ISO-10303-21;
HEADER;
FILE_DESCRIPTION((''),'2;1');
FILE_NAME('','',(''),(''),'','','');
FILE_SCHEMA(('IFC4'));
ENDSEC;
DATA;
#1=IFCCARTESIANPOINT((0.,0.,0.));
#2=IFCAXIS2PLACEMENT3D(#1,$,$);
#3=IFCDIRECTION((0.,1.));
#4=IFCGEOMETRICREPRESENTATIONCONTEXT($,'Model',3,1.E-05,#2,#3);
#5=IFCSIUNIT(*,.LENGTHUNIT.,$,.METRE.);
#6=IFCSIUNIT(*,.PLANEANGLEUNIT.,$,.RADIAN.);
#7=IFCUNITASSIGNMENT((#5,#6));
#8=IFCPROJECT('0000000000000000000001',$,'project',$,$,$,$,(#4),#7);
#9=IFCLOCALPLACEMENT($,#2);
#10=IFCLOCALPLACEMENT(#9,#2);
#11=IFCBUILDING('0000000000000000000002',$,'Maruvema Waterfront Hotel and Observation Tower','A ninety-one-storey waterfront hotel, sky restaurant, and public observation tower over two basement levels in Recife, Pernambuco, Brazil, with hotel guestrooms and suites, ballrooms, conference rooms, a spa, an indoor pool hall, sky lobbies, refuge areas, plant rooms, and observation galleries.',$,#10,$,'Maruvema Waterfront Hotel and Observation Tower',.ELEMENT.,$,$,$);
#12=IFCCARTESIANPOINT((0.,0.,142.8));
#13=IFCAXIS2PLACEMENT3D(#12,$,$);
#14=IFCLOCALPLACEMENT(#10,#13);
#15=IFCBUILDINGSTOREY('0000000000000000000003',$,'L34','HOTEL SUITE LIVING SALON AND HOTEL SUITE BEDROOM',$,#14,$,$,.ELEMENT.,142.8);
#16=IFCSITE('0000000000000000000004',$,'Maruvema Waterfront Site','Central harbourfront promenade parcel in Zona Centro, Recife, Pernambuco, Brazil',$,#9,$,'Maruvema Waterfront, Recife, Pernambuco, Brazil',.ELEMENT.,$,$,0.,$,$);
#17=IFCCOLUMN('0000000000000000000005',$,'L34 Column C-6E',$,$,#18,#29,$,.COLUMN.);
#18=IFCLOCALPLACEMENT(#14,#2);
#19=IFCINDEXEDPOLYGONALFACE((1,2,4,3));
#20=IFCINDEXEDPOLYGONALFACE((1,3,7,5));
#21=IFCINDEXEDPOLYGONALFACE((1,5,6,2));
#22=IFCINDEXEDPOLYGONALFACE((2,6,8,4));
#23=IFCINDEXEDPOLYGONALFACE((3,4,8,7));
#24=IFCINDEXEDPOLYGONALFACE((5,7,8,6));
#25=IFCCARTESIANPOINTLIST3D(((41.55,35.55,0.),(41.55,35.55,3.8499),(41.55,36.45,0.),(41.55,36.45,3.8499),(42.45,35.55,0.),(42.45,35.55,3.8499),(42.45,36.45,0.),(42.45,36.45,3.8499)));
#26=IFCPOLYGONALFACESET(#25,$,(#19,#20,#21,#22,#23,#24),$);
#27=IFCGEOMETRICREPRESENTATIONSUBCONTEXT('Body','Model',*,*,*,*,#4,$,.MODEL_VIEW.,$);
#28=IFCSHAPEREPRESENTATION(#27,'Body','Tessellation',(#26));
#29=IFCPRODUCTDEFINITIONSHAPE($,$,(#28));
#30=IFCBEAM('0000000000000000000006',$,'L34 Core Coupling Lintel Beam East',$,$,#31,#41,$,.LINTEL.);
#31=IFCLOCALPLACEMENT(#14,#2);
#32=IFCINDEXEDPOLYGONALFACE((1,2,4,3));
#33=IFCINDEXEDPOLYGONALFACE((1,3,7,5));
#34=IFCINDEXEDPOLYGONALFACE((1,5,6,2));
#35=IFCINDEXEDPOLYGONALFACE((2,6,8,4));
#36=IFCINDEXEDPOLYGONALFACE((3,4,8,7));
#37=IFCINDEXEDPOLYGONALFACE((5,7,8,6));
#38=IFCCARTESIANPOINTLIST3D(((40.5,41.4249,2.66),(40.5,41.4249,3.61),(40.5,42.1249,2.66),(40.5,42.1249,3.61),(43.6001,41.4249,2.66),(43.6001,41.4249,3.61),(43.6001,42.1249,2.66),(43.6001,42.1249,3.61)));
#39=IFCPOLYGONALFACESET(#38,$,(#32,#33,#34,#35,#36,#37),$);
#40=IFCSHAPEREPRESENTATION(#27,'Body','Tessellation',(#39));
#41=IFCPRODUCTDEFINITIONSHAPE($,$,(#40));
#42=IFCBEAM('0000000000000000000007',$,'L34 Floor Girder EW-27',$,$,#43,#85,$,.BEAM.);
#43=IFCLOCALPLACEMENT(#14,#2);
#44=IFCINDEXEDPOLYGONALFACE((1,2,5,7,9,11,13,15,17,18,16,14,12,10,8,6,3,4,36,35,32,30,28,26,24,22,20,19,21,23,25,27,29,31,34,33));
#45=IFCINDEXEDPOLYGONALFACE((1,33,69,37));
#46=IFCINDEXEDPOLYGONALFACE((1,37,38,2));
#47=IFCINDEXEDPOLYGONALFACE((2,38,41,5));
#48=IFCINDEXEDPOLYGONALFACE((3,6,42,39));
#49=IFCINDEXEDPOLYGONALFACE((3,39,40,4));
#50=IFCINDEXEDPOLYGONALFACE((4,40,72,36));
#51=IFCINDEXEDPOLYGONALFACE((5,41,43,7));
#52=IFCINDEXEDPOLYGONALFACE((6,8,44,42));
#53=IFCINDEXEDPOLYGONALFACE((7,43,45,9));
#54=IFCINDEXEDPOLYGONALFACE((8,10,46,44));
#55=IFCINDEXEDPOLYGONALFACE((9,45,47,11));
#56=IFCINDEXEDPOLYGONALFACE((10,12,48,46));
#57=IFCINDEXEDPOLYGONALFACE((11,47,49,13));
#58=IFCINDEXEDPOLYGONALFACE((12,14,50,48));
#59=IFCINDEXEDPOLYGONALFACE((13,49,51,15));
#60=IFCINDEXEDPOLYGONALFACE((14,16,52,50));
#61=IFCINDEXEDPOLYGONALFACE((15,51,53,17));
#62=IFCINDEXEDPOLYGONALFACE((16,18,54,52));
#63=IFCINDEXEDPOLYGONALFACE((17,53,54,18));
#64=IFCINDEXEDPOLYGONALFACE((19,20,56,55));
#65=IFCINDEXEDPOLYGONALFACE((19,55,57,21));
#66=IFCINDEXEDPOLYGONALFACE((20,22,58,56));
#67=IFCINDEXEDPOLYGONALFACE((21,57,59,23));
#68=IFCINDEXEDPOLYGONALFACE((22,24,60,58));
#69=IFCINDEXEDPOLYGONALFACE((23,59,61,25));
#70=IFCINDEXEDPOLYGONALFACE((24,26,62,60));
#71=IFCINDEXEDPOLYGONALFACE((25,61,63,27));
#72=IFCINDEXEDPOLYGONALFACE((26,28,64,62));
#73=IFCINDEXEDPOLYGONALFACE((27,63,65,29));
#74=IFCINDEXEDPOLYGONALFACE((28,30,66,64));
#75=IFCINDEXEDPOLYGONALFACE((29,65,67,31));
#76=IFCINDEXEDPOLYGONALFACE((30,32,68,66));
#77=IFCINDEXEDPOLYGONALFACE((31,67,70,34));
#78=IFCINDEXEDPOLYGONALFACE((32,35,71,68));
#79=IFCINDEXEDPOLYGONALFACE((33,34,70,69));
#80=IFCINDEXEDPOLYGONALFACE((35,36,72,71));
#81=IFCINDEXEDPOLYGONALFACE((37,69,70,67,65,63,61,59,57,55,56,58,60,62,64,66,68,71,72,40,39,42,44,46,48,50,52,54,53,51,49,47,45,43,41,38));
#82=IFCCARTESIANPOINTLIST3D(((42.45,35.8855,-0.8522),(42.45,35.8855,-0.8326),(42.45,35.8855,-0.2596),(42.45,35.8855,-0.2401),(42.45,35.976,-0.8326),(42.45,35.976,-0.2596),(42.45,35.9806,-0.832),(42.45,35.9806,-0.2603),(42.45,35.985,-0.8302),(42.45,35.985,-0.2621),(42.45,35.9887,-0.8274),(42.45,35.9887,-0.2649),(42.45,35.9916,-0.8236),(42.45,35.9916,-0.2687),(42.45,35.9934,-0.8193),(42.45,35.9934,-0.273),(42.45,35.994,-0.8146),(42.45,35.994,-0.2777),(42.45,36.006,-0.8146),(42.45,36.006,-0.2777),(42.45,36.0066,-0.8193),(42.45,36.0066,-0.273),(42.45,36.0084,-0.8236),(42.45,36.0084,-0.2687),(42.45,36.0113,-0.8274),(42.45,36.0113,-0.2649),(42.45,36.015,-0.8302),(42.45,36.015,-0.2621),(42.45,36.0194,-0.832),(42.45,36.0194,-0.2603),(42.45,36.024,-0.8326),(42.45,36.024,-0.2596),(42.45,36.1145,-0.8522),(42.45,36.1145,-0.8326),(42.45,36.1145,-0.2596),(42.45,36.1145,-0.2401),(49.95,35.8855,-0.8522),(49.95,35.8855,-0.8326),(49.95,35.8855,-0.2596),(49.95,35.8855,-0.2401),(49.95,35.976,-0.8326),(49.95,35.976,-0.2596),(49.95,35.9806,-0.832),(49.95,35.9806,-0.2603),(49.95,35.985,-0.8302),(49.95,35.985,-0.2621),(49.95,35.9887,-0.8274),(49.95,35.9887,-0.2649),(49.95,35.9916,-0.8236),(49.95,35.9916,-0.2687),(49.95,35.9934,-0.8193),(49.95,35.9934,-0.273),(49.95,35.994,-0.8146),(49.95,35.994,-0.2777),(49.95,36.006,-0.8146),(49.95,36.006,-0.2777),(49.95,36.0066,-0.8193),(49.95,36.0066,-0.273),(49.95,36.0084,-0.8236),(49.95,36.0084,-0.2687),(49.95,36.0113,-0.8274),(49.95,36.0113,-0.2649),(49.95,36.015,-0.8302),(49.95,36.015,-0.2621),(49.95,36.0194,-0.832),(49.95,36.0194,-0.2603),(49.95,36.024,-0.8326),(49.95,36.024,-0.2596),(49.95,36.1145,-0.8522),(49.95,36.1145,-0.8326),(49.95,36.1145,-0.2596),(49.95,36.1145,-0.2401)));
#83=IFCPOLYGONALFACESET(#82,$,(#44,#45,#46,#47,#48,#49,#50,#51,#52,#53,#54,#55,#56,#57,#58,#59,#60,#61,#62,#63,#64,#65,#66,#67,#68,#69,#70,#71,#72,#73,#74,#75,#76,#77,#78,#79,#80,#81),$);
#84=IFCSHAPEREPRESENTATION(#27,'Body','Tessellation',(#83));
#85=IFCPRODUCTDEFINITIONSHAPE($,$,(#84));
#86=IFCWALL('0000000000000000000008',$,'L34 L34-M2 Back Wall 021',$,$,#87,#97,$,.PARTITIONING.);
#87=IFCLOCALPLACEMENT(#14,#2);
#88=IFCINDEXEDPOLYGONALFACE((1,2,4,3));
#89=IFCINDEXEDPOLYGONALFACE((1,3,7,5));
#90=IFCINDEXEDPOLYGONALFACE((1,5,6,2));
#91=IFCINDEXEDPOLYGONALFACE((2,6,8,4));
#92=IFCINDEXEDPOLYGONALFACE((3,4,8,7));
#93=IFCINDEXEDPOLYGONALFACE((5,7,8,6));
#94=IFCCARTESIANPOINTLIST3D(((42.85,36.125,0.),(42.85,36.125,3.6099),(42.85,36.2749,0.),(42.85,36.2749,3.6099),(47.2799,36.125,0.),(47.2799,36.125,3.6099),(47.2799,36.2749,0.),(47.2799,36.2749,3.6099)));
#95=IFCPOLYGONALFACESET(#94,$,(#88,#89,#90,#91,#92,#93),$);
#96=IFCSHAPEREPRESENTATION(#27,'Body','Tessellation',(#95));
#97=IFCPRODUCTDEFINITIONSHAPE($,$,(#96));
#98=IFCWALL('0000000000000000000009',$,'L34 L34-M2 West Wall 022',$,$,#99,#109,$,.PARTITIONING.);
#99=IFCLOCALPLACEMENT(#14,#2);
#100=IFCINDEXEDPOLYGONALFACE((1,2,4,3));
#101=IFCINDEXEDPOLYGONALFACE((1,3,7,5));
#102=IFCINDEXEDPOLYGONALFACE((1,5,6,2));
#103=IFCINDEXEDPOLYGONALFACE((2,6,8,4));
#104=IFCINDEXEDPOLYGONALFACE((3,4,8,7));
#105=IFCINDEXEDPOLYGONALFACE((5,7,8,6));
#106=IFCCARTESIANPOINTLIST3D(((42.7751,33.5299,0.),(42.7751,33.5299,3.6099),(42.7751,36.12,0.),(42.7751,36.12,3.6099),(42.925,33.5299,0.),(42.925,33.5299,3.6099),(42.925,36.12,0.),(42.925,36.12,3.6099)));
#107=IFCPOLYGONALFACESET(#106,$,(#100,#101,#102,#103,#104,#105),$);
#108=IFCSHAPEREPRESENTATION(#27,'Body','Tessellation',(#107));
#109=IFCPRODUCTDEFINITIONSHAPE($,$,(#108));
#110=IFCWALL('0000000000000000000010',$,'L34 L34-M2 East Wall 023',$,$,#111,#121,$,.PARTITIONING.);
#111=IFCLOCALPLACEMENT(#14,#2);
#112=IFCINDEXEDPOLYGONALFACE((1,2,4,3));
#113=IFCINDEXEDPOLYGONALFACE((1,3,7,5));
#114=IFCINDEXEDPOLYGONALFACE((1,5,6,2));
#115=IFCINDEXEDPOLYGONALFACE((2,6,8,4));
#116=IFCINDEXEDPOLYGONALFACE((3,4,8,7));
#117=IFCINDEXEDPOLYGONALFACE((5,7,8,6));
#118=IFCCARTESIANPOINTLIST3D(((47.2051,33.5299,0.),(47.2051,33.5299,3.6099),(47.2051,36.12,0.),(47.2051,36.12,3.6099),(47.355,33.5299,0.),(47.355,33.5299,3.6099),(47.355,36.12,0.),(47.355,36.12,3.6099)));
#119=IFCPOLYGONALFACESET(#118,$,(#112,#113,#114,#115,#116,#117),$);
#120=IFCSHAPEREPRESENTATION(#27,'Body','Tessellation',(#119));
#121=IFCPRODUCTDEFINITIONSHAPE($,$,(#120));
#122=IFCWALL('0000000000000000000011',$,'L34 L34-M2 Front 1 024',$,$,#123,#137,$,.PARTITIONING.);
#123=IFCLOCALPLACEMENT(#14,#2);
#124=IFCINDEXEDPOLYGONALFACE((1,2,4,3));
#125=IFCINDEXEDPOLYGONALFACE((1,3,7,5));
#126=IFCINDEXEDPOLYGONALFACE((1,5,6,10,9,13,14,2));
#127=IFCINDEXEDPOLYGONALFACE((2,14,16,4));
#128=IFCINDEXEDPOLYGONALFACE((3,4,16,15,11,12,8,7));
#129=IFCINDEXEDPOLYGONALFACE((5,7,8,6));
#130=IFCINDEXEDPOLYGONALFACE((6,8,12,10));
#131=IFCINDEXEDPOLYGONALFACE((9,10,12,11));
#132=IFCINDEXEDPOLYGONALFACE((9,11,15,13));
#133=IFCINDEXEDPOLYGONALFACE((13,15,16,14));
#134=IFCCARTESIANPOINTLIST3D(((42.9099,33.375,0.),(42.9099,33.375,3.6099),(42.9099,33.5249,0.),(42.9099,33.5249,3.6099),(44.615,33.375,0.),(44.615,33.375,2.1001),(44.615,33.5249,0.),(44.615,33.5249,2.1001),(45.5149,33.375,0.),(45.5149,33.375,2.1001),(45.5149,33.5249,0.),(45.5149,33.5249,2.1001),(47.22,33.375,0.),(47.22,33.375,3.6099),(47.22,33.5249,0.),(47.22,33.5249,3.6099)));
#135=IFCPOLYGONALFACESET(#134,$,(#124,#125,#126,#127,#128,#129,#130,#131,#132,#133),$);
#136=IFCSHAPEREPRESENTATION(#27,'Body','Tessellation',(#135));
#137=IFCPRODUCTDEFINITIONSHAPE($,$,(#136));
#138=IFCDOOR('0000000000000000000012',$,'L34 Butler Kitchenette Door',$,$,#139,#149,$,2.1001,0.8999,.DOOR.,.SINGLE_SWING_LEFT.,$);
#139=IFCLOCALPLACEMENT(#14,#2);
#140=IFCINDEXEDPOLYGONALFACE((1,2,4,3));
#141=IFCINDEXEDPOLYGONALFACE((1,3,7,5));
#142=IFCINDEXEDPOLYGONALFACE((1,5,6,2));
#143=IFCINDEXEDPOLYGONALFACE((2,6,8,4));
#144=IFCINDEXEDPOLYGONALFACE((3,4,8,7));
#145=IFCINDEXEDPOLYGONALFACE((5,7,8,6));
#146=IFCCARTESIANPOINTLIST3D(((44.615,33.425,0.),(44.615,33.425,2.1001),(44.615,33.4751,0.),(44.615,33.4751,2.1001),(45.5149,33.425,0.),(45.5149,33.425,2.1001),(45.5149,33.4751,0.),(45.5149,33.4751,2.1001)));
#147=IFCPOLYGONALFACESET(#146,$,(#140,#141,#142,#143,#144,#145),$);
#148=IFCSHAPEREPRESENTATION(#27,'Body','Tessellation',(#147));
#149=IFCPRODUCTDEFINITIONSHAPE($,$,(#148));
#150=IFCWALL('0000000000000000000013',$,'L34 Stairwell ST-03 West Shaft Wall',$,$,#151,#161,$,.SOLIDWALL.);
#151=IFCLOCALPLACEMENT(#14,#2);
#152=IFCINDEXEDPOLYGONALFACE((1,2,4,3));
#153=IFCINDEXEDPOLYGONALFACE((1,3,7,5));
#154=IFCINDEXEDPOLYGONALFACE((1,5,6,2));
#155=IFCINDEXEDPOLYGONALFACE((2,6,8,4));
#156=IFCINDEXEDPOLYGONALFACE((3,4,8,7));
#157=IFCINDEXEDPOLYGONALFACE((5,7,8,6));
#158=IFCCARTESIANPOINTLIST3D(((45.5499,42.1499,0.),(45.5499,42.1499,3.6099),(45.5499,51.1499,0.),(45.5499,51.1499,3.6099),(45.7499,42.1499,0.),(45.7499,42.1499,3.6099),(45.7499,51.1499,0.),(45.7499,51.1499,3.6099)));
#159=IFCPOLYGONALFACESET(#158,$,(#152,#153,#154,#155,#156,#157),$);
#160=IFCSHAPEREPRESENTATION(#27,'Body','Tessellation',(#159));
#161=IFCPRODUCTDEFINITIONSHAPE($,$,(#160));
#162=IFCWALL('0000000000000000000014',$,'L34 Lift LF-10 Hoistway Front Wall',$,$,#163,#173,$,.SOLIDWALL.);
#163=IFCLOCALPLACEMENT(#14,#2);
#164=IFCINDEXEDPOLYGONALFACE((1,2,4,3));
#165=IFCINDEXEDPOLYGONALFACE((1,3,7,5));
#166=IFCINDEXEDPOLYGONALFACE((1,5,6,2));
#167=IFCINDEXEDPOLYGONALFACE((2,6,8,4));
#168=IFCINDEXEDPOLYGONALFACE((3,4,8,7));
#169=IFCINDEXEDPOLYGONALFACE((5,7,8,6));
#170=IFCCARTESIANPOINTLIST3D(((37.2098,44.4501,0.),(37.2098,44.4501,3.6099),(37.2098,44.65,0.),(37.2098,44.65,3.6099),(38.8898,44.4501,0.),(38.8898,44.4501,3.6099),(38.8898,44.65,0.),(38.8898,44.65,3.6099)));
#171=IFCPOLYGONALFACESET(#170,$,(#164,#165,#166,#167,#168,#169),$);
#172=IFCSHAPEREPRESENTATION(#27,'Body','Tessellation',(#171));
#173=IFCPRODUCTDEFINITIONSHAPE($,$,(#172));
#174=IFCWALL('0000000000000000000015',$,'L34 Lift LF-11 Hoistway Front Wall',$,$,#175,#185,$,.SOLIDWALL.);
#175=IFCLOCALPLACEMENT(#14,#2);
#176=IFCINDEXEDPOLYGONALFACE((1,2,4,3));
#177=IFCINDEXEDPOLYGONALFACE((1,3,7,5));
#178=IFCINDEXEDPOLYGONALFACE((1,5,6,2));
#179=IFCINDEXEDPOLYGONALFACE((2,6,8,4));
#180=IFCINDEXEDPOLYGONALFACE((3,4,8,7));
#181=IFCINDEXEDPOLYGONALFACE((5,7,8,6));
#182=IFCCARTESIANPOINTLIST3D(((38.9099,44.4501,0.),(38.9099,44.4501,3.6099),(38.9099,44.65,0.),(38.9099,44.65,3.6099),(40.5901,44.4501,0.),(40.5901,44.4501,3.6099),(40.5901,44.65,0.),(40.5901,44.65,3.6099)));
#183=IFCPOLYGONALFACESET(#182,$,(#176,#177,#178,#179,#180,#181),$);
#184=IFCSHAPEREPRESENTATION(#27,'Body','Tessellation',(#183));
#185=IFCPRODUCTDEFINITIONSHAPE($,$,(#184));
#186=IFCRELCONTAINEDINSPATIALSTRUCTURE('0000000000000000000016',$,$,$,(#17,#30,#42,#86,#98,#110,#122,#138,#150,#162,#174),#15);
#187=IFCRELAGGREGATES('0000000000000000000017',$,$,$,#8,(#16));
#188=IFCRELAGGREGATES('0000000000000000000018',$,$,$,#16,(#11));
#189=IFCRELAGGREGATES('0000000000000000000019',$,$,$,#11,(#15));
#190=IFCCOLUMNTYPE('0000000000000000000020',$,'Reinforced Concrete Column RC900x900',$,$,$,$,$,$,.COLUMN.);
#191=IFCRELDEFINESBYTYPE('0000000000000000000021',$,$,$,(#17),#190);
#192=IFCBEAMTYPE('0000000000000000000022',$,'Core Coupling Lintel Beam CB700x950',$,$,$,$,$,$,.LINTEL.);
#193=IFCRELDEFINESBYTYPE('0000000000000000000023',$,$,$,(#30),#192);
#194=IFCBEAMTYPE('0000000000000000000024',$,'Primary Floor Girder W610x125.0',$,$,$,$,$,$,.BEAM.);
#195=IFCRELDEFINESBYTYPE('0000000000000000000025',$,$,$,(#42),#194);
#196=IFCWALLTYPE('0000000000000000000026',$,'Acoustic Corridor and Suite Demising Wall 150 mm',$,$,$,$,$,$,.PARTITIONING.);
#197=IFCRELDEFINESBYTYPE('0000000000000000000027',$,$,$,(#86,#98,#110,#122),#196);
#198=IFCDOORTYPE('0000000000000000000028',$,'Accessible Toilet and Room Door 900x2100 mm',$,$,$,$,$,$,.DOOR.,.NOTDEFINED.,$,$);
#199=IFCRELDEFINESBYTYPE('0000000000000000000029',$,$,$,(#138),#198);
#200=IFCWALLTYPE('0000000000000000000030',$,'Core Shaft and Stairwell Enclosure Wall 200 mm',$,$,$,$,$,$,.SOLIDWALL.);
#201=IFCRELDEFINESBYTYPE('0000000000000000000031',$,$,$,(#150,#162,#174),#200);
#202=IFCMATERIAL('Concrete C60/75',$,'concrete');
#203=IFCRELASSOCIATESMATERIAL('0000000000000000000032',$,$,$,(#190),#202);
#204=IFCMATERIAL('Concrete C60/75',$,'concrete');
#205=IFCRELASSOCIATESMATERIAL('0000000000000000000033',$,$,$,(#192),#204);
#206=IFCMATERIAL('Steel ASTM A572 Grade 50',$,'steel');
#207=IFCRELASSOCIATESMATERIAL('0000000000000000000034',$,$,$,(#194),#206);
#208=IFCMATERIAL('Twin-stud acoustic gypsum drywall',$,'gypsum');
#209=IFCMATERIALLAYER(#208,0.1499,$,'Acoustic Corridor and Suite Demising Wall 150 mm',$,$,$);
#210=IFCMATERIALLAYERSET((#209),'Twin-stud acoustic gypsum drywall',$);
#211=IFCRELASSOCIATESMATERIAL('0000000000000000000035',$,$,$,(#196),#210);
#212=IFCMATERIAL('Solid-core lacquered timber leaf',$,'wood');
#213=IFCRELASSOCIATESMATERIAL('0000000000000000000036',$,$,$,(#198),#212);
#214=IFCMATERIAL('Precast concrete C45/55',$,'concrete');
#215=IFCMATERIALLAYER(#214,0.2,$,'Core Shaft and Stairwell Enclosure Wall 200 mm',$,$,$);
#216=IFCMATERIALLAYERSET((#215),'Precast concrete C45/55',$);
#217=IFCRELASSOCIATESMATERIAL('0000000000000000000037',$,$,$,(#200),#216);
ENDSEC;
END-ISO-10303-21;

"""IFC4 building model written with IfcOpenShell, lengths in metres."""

from ifc_helpers import new_model, si_unit, direction, frame, frame_2d, origin, origin_2d, place, context, subcontext, project, spatial, rectangle, i_section, extrude, material, layer, layer_set, material_profile, profile_set, type_object, element, fill, save


model = new_model("IFC4")

# Units and contexts
model_context = context("Model", 3, precision=1e-05, world=origin(), true_north=direction((0.0, 1.0)))
body_context = subcontext(model_context, "Body", "Model", "MODEL_VIEW")
ifc_project = project(units=[si_unit("LENGTHUNIT", "METRE"), si_unit("PLANEANGLEUNIT", "RADIAN")], contexts=[model_context])

# Site, building, storey
site_placement = place(None, origin())
site = spatial("IfcSite", under=ifc_project, at=site_placement, Name="Maruvema Waterfront Site", Description="Central harbourfront promenade parcel in Zona Centro, Recife, Pernambuco, Brazil", LongName="Maruvema Waterfront, Recife, Pernambuco, Brazil", CompositionType="ELEMENT", RefElevation=0.0)
building_placement = place(site_placement, origin())
building = spatial("IfcBuilding", under=site, at=building_placement, Name="Maruvema Waterfront Hotel and Observation Tower", Description="A ninety-one-storey waterfront hotel, sky restaurant, and public observation tower over two basement levels in Recife, Pernambuco, Brazil, with hotel guestrooms and suites, ballrooms, conference rooms, a spa, an indoor pool hall, sky lobbies, refuge areas, plant rooms, and observation galleries.", LongName="Maruvema Waterfront Hotel and Observation Tower", CompositionType="ELEMENT")
storey_placement = place(building_placement, frame((0.0, 0.0, 142.8)))
storey = spatial("IfcBuildingStorey", under=building, at=storey_placement, Name="L34", Description="HOTEL SUITE LIVING SALON AND HOTEL SUITE BEDROOM", CompositionType="ELEMENT", Elevation=142.8)

# Column
ifc_material_1 = material(Name="Concrete C60/75", Category="concrete")
ifc_material_profile_1 = material_profile(ifc_material_1, rectangle(XDim=0.8999, YDim=0.8999, at=origin_2d()), Name="RC900x900")
ifc_profile_set_1 = profile_set([ifc_material_profile_1], Name="Concrete C60/75")
column_type = type_object("IfcColumnType", Name="Reinforced Concrete Column RC900x900", PredefinedType="COLUMN", material=ifc_profile_set_1)
column_placement = place(storey_placement, frame((42.0, 36.0, 0.0), z_axis=(0.0, 0.0, 1.0), x_axis=(1.0, 0.0, 0.0)))
element("IfcColumn", 1, at=column_placement, inside=storey, type_object=column_type, Name="L34 Column C-6E", PredefinedType="COLUMN", context=body_context, shape_type="SweptSolid", body=[
    extrude(rectangle(XDim=0.8999, YDim=0.8999, at=origin_2d()), origin(), (0.0, 0.0, 1.0), 3.8499),
])

# Beams
ifc_material_2 = material(Name="Concrete C60/75", Category="concrete")
ifc_material_profile_2 = material_profile(ifc_material_2, rectangle(XDim=0.7, YDim=0.95, at=origin_2d()), Name="CB700x950")
ifc_profile_set_2 = profile_set([ifc_material_profile_2], Name="Concrete C60/75")
beam_type_1 = type_object("IfcBeamType", Name="Core Coupling Lintel Beam CB700x950", PredefinedType="LINTEL", material=ifc_profile_set_2)
beam_1_placement = place(storey_placement, frame((40.5, 41.7749, 3.135), z_axis=(1.0, 0.0, 0.0), x_axis=(0.0, 1.0, 0.0)))
element("IfcBeam", 2, at=beam_1_placement, inside=storey, type_object=beam_type_1, Name="L34 Core Coupling Lintel Beam East", PredefinedType="LINTEL", context=body_context, shape_type="SweptSolid", body=[
    extrude(rectangle(XDim=0.7, YDim=0.95, at=origin_2d()), origin(), (0.0, 0.0, 1.0), 3.1001),
])
ifc_material_3 = material(Name="Steel ASTM A572 Grade 50", Category="steel")
ifc_material_profile_3 = material_profile(ifc_material_3, i_section(OverallWidth=0.229, OverallDepth=0.6121, WebThickness=0.012, FlangeThickness=0.0195, FilletRadius=0.0181, at=origin_2d()), Name="W610x125.0")
ifc_profile_set_3 = profile_set([ifc_material_profile_3], Name="Steel ASTM A572 Grade 50")
beam_type_2 = type_object("IfcBeamType", Name="Primary Floor Girder W610x125.0", PredefinedType="BEAM", material=ifc_profile_set_3)
beam_2_placement = place(storey_placement, frame((42.45, 36.0, -0.5461), z_axis=(1.0, 0.0, 0.0), x_axis=(0.0, 1.0, 0.0)))
element("IfcBeam", 3, at=beam_2_placement, inside=storey, type_object=beam_type_2, Name="L34 Floor Girder EW-27", PredefinedType="BEAM", context=body_context, shape_type="SweptSolid", body=[
    extrude(i_section(OverallWidth=0.229, OverallDepth=0.6121, WebThickness=0.012, FlangeThickness=0.0195, FilletRadius=0.0181, at=origin_2d()), origin(), (0.0, 0.0, 1.0), 7.5),
])

# Walls
ifc_material_4 = material(Name="Twin-stud acoustic gypsum drywall", Category="gypsum")
ifc_layer_1 = layer(ifc_material_4, 0.1499, Name="Acoustic Corridor and Suite Demising Wall 150 mm")
ifc_layer_set_1 = layer_set([ifc_layer_1], Name="Twin-stud acoustic gypsum drywall")
wall_type_1 = type_object("IfcWallType", Name="Acoustic Corridor and Suite Demising Wall 150 mm", PredefinedType="PARTITIONING", material=ifc_layer_set_1)
wall_1_placement = place(storey_placement, frame((42.8501, 36.2, 0.0), z_axis=(0.0, 0.0, 1.0), x_axis=(1.0, 0.0, 0.0)))
element("IfcWall", 4, at=wall_1_placement, inside=storey, type_object=wall_type_1, Name="L34 L34-M2 Back Wall 021", PredefinedType="PARTITIONING", context=body_context, shape_type="SweptSolid", body=[
    extrude(rectangle(XDim=4.4299, YDim=0.1499, at=frame_2d((2.2148, 0.0))), origin(), (0.0, 0.0, 1.0), 3.6099),
])
for number, where, z_axis, x_axis, name in (
    (5, (42.8501, 33.53, 0.0), (0.0, 0.0, 1.0), (0.0, 1.0, 0.0), "L34 L34-M2 West Wall 022"),
    (6, (47.28, 33.53, 0.0), (0.0, 0.0, 1.0), (0.0, 1.0, 0.0), "L34 L34-M2 East Wall 023"),
):
    element("IfcWall", number, at=place(storey_placement, frame(where, z_axis=z_axis, x_axis=x_axis)), inside=storey, type_object=wall_type_1, Name=name, PredefinedType="PARTITIONING", context=body_context, shape_type="SweptSolid", body=[
        extrude(rectangle(XDim=2.5901, YDim=0.1499, at=frame_2d((1.2949, 0.0))), origin(), (0.0, 0.0, 1.0), 3.6099),
    ])

# Wall, opening, door
wall_2_placement = place(storey_placement, frame((42.9099, 33.45, 0.0), z_axis=(0.0, 0.0, 1.0), x_axis=(1.0, 0.0, 0.0)))
wall_2 = element("IfcWall", 7, at=wall_2_placement, inside=storey, type_object=wall_type_1, Name="L34 L34-M2 Front 1 024", PredefinedType="PARTITIONING", context=body_context, shape_type="SweptSolid", body=[
    extrude(rectangle(XDim=4.3101, YDim=0.1499, at=frame_2d((2.155, 0.0))), origin(), (0.0, 0.0, 1.0), 3.6099),
])
opening_1_placement = place(wall_2_placement, frame((1.7051, 0.0, 0.0)))
opening_1 = element("IfcOpeningElement", 8, at=opening_1_placement, cuts=wall_2, PredefinedType="OPENING", context=body_context, shape_type="SweptSolid", body=[
    extrude(rectangle(XDim=0.8999, YDim=2.1001, at=frame_2d((0.45, 1.05))), frame((0.0, 0.085, 0.0), z_axis=(0.0, -1.0, 0.0), x_axis=(1.0, 0.0, 0.0)), (0.0, 0.0, 1.0), 0.1699),
])
ifc_material_5 = material(Name="Solid-core lacquered timber leaf", Category="wood")
door_type_1 = type_object("IfcDoorType", Name="Accessible Toilet and Room Door 900x2100 mm", OperationType="NOTDEFINED", PredefinedType="DOOR", material=ifc_material_5)
door_1_placement = place(opening_1_placement, frame((0.8999, 0.0, 0.0), z_axis=(0.0, 0.0, 1.0), x_axis=(-1.0, 0.0, 0.0)))
door_1 = element("IfcDoor", 9, at=door_1_placement, inside=storey, type_object=door_type_1, Name="L34 Butler Kitchenette Door", OperationType="SINGLE_SWING_LEFT", OverallHeight=2.1001, OverallWidth=0.8999, PredefinedType="DOOR", context=body_context, shape_type="SweptSolid", body=[
    extrude(rectangle(XDim=0.8999, YDim=2.1001, at=frame_2d((0.45, 1.05))), frame((0.0, 0.0249, 0.0), z_axis=(0.0, -1.0, 0.0), x_axis=(1.0, 0.0, 0.0)), (0.0, 0.0, 1.0), 0.05),
])
fill(opening_1, door_1)

# Walls
ifc_material_6 = material(Name="Precast concrete C45/55", Category="concrete")
ifc_layer_2 = layer(ifc_material_6, 0.2, Name="Core Shaft and Stairwell Enclosure Wall 200 mm")
ifc_layer_set_2 = layer_set([ifc_layer_2], Name="Precast concrete C45/55")
wall_type_2 = type_object("IfcWallType", Name="Core Shaft and Stairwell Enclosure Wall 200 mm", PredefinedType="SOLIDWALL", material=ifc_layer_set_2)
wall_3_placement = place(storey_placement, frame((45.6499, 42.1499, 0.0), z_axis=(0.0, 0.0, 1.0), x_axis=(0.0, 1.0, 0.0)))
element("IfcWall", 10, at=wall_3_placement, inside=storey, type_object=wall_type_2, Name="L34 Stairwell ST-03 West Shaft Wall", PredefinedType="SOLIDWALL", context=body_context, shape_type="SweptSolid", body=[
    extrude(rectangle(XDim=9.0, YDim=0.2, at=frame_2d((4.5, 0.0))), origin(), (0.0, 0.0, 1.0), 3.6099),
])
wall_4_placement = place(storey_placement, frame((37.21, 44.55, 0.0), z_axis=(0.0, 0.0, 1.0), x_axis=(1.0, 0.0, 0.0)))
element("IfcWall", 11, at=wall_4_placement, inside=storey, type_object=wall_type_2, Name="L34 Lift LF-10 Hoistway Front Wall", PredefinedType="SOLIDWALL", context=body_context, shape_type="SweptSolid", body=[
    extrude(rectangle(XDim=1.6799, YDim=0.2, at=frame_2d((0.8398, 0.0))), origin(), (0.0, 0.0, 1.0), 3.6099),
])
wall_5_placement = place(storey_placement, frame((38.9099, 44.55, 0.0), z_axis=(0.0, 0.0, 1.0), x_axis=(1.0, 0.0, 0.0)))
element("IfcWall", 12, at=wall_5_placement, inside=storey, type_object=wall_type_2, Name="L34 Lift LF-11 Hoistway Front Wall", PredefinedType="SOLIDWALL", context=body_context, shape_type="SweptSolid", body=[
    extrude(rectangle(XDim=1.6802, YDim=0.2, at=frame_2d((0.8401, 0.0))), origin(), (0.0, 0.0, 1.0), 3.6099),
])

save(model, "model.ifc")
